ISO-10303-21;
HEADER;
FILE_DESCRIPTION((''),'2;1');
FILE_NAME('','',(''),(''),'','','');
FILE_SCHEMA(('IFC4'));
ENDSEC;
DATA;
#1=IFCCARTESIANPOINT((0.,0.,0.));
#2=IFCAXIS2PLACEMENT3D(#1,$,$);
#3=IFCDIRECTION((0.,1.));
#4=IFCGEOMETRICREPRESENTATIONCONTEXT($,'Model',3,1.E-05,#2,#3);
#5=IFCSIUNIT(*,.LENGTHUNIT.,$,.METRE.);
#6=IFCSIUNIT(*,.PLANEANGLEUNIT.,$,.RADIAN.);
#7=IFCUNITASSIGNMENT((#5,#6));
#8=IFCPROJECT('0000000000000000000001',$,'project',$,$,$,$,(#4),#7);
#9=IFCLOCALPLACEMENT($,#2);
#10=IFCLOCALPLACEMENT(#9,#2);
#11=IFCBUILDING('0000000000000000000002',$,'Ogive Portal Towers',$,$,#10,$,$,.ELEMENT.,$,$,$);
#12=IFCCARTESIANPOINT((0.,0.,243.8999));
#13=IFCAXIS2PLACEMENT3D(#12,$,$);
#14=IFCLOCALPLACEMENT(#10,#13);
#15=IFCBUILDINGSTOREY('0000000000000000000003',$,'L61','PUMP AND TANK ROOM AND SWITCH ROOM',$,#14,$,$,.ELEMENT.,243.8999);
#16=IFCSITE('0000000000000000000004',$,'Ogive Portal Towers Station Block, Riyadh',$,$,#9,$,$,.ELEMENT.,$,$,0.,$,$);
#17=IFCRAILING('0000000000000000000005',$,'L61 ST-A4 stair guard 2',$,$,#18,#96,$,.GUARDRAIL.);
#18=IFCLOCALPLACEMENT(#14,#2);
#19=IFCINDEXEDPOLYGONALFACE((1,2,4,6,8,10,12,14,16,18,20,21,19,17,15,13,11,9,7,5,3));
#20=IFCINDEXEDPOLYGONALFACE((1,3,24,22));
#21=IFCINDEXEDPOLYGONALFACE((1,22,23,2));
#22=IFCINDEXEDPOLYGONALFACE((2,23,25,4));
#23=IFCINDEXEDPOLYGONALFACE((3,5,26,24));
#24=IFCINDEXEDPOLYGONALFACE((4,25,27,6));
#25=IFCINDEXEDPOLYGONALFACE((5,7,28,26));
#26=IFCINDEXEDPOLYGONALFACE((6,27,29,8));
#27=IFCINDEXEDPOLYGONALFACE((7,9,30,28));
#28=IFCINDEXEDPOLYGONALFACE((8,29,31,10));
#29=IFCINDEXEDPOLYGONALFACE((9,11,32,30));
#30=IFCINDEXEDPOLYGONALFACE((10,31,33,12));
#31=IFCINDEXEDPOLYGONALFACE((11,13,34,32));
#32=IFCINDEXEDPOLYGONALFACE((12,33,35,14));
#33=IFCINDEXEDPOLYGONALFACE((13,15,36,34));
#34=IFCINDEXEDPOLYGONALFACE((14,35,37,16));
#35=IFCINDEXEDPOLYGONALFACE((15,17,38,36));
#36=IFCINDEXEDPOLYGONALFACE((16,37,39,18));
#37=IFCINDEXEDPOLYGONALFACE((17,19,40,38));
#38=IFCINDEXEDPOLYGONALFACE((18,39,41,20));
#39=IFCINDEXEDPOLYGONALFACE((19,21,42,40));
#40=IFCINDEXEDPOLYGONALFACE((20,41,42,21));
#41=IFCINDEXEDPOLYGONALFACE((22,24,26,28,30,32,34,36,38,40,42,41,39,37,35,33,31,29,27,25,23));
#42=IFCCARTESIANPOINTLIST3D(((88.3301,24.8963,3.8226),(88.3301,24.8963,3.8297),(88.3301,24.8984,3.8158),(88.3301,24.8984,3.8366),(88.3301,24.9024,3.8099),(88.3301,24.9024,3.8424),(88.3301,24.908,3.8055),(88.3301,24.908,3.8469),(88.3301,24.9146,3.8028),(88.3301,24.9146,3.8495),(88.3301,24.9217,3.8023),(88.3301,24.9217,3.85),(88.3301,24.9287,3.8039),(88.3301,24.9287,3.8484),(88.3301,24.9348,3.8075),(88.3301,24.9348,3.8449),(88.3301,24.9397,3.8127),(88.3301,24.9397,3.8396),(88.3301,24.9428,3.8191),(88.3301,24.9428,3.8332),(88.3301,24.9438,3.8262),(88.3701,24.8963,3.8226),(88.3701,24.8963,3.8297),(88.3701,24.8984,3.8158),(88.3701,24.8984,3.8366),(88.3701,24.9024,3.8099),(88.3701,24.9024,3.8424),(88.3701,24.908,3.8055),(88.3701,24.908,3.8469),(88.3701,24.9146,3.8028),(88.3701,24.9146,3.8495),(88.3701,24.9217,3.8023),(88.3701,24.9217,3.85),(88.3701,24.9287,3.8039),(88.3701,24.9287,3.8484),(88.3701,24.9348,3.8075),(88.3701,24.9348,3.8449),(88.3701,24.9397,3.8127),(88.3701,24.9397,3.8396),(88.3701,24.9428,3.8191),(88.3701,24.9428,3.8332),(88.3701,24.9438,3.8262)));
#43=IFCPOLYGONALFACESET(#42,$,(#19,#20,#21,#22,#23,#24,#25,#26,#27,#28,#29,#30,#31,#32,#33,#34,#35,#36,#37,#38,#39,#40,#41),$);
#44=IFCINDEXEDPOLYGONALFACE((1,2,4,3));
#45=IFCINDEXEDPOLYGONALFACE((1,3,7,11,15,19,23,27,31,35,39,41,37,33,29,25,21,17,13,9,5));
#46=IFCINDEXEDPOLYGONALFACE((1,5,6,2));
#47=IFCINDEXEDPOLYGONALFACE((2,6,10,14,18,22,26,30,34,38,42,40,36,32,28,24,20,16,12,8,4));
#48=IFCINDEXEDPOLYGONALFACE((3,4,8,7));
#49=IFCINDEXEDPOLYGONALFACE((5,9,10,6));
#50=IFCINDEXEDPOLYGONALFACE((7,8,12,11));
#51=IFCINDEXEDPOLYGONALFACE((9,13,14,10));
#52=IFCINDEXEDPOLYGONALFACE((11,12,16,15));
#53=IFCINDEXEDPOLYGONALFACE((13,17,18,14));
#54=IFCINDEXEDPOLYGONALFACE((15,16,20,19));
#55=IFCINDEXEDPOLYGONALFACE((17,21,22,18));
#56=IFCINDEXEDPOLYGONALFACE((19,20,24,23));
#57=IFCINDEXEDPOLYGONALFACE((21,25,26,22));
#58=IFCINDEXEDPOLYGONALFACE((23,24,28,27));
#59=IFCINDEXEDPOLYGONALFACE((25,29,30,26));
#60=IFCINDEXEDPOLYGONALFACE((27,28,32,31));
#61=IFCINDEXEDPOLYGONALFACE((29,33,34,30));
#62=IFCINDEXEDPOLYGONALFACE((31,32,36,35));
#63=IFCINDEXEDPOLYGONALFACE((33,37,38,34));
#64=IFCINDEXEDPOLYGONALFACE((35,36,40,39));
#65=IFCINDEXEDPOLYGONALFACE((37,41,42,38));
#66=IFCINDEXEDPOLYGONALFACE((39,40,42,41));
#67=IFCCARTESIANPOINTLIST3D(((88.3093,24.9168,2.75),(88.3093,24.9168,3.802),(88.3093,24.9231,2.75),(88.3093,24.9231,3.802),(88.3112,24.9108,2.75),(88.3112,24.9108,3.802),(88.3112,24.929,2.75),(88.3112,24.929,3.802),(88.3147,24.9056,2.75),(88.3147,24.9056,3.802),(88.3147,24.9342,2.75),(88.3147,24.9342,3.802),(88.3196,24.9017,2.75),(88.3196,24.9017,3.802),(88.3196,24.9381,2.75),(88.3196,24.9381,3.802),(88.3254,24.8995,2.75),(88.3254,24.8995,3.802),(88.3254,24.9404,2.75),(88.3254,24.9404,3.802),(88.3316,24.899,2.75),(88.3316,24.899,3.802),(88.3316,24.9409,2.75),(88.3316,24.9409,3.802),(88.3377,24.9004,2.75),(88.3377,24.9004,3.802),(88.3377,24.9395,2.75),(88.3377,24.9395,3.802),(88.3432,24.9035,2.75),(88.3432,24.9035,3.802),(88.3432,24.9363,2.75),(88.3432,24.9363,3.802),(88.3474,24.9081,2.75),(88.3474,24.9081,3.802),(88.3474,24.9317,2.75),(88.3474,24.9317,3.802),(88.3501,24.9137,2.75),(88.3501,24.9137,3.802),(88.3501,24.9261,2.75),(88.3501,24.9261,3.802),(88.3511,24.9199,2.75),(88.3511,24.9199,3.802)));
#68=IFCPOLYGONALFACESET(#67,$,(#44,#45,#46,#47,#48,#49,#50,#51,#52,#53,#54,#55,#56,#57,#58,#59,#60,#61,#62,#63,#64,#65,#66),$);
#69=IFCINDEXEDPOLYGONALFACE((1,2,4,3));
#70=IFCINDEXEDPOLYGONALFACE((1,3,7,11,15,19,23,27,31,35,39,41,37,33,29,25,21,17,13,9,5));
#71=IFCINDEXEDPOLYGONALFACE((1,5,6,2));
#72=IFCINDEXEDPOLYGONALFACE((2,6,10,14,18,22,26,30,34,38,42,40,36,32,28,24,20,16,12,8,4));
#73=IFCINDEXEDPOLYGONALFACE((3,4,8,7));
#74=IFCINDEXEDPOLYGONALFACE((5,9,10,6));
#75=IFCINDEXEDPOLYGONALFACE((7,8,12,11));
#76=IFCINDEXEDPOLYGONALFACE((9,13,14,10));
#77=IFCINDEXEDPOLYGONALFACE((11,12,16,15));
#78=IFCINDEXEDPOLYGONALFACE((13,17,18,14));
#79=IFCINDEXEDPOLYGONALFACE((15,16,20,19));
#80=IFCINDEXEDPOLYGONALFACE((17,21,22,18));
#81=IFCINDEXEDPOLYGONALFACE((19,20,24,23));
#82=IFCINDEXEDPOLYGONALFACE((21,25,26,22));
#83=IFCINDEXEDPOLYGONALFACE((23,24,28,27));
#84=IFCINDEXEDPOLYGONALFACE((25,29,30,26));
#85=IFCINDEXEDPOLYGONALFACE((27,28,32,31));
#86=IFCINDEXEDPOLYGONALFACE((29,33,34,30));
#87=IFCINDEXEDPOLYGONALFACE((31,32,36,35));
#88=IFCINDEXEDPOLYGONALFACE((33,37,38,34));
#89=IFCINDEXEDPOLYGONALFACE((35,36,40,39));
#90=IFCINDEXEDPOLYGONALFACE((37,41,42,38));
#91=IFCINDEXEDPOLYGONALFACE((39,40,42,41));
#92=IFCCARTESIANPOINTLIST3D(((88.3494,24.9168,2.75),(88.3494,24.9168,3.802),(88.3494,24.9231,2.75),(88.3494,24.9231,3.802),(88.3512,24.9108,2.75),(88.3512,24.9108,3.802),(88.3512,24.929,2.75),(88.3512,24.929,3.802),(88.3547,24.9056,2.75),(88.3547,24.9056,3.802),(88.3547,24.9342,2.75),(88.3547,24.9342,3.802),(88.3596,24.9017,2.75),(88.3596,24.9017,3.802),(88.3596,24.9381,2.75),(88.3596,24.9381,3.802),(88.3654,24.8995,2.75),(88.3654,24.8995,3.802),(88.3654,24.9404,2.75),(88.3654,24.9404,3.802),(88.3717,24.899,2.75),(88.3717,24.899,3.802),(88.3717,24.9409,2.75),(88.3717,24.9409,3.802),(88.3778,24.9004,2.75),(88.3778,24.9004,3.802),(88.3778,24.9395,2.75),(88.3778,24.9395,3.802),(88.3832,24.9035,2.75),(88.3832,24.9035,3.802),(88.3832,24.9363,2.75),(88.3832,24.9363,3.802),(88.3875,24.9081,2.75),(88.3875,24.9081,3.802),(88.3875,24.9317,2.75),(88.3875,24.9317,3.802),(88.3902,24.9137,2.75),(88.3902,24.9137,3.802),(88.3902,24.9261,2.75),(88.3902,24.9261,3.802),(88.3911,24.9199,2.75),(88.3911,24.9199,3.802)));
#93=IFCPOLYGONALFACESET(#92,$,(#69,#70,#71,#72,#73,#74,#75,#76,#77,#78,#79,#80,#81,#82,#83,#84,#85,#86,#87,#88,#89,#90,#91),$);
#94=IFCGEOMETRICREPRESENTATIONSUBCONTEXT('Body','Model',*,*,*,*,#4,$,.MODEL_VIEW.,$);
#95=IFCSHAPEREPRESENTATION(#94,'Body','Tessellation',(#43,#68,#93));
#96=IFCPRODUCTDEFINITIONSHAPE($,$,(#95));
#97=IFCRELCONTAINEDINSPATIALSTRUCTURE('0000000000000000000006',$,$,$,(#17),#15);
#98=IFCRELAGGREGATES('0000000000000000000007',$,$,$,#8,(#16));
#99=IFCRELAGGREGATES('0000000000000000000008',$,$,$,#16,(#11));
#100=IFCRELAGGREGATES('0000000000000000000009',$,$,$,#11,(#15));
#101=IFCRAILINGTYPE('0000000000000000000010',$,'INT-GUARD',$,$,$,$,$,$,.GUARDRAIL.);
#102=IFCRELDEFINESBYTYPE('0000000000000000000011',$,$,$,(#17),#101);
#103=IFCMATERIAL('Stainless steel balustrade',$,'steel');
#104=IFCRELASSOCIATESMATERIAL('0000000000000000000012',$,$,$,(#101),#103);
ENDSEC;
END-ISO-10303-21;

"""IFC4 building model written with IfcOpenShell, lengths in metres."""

from ifc_helpers import new_model, si_unit, direction, frame, origin, origin_2d, place, context, subcontext, project, spatial, circle, extrude, material, type_object, element, save


model = new_model("IFC4")

# Units and contexts
model_context = context("Model", 3, precision=1e-05, world=origin(), true_north=direction((0.0, 1.0)))
body_context = subcontext(model_context, "Body", "Model", "MODEL_VIEW")
ifc_project = project(units=[si_unit("LENGTHUNIT", "METRE"), si_unit("PLANEANGLEUNIT", "RADIAN")], contexts=[model_context])

# Site, building, storey
site_placement = place(None, origin())
site = spatial("IfcSite", under=ifc_project, at=site_placement, Name="Ogive Portal Towers Station Block, Riyadh", CompositionType="ELEMENT", RefElevation=0.0)
building_placement = place(site_placement, origin())
building = spatial("IfcBuilding", under=site, at=building_placement, Name="Ogive Portal Towers", CompositionType="ELEMENT")
storey_placement = place(building_placement, frame((0.0, 0.0, 243.8999)))
storey = spatial("IfcBuildingStorey", under=building, at=storey_placement, Name="L61", Description="PUMP AND TANK ROOM AND SWITCH ROOM", CompositionType="ELEMENT", Elevation=243.8999)

# Railing
ifc_material_1 = material(Name="Stainless steel balustrade", Category="steel")
railing_type_1 = type_object("IfcRailingType", Name="INT-GUARD", PredefinedType="GUARDRAIL", material=ifc_material_1)
railing_1_placement = place(storey_placement, frame((88.3301, 24.9199, 2.75)))
element("IfcRailing", 1, at=railing_1_placement, inside=storey, type_object=railing_type_1, Name="L61 ST-A4 stair guard 2", PredefinedType="GUARDRAIL", context=body_context, shape_type="SweptSolid", body=[
    extrude(circle(Radius=0.0239, at=origin_2d()), frame((0.0, 0.0, 1.0762), z_axis=(1.0, 0.0, 0.0), x_axis=(0.0, 1.0, 0.0)), (0.0, 0.0, 1.0), 0.04),
    extrude(circle(Radius=0.021, at=origin_2d()), origin(), (0.0, 0.0, 1.0), 1.052),
    extrude(circle(Radius=0.021, at=origin_2d()), frame((0.04, 0.0, 0.0)), (0.0, 0.0, 1.0), 1.052),
])

save(model, "model.ifc")
